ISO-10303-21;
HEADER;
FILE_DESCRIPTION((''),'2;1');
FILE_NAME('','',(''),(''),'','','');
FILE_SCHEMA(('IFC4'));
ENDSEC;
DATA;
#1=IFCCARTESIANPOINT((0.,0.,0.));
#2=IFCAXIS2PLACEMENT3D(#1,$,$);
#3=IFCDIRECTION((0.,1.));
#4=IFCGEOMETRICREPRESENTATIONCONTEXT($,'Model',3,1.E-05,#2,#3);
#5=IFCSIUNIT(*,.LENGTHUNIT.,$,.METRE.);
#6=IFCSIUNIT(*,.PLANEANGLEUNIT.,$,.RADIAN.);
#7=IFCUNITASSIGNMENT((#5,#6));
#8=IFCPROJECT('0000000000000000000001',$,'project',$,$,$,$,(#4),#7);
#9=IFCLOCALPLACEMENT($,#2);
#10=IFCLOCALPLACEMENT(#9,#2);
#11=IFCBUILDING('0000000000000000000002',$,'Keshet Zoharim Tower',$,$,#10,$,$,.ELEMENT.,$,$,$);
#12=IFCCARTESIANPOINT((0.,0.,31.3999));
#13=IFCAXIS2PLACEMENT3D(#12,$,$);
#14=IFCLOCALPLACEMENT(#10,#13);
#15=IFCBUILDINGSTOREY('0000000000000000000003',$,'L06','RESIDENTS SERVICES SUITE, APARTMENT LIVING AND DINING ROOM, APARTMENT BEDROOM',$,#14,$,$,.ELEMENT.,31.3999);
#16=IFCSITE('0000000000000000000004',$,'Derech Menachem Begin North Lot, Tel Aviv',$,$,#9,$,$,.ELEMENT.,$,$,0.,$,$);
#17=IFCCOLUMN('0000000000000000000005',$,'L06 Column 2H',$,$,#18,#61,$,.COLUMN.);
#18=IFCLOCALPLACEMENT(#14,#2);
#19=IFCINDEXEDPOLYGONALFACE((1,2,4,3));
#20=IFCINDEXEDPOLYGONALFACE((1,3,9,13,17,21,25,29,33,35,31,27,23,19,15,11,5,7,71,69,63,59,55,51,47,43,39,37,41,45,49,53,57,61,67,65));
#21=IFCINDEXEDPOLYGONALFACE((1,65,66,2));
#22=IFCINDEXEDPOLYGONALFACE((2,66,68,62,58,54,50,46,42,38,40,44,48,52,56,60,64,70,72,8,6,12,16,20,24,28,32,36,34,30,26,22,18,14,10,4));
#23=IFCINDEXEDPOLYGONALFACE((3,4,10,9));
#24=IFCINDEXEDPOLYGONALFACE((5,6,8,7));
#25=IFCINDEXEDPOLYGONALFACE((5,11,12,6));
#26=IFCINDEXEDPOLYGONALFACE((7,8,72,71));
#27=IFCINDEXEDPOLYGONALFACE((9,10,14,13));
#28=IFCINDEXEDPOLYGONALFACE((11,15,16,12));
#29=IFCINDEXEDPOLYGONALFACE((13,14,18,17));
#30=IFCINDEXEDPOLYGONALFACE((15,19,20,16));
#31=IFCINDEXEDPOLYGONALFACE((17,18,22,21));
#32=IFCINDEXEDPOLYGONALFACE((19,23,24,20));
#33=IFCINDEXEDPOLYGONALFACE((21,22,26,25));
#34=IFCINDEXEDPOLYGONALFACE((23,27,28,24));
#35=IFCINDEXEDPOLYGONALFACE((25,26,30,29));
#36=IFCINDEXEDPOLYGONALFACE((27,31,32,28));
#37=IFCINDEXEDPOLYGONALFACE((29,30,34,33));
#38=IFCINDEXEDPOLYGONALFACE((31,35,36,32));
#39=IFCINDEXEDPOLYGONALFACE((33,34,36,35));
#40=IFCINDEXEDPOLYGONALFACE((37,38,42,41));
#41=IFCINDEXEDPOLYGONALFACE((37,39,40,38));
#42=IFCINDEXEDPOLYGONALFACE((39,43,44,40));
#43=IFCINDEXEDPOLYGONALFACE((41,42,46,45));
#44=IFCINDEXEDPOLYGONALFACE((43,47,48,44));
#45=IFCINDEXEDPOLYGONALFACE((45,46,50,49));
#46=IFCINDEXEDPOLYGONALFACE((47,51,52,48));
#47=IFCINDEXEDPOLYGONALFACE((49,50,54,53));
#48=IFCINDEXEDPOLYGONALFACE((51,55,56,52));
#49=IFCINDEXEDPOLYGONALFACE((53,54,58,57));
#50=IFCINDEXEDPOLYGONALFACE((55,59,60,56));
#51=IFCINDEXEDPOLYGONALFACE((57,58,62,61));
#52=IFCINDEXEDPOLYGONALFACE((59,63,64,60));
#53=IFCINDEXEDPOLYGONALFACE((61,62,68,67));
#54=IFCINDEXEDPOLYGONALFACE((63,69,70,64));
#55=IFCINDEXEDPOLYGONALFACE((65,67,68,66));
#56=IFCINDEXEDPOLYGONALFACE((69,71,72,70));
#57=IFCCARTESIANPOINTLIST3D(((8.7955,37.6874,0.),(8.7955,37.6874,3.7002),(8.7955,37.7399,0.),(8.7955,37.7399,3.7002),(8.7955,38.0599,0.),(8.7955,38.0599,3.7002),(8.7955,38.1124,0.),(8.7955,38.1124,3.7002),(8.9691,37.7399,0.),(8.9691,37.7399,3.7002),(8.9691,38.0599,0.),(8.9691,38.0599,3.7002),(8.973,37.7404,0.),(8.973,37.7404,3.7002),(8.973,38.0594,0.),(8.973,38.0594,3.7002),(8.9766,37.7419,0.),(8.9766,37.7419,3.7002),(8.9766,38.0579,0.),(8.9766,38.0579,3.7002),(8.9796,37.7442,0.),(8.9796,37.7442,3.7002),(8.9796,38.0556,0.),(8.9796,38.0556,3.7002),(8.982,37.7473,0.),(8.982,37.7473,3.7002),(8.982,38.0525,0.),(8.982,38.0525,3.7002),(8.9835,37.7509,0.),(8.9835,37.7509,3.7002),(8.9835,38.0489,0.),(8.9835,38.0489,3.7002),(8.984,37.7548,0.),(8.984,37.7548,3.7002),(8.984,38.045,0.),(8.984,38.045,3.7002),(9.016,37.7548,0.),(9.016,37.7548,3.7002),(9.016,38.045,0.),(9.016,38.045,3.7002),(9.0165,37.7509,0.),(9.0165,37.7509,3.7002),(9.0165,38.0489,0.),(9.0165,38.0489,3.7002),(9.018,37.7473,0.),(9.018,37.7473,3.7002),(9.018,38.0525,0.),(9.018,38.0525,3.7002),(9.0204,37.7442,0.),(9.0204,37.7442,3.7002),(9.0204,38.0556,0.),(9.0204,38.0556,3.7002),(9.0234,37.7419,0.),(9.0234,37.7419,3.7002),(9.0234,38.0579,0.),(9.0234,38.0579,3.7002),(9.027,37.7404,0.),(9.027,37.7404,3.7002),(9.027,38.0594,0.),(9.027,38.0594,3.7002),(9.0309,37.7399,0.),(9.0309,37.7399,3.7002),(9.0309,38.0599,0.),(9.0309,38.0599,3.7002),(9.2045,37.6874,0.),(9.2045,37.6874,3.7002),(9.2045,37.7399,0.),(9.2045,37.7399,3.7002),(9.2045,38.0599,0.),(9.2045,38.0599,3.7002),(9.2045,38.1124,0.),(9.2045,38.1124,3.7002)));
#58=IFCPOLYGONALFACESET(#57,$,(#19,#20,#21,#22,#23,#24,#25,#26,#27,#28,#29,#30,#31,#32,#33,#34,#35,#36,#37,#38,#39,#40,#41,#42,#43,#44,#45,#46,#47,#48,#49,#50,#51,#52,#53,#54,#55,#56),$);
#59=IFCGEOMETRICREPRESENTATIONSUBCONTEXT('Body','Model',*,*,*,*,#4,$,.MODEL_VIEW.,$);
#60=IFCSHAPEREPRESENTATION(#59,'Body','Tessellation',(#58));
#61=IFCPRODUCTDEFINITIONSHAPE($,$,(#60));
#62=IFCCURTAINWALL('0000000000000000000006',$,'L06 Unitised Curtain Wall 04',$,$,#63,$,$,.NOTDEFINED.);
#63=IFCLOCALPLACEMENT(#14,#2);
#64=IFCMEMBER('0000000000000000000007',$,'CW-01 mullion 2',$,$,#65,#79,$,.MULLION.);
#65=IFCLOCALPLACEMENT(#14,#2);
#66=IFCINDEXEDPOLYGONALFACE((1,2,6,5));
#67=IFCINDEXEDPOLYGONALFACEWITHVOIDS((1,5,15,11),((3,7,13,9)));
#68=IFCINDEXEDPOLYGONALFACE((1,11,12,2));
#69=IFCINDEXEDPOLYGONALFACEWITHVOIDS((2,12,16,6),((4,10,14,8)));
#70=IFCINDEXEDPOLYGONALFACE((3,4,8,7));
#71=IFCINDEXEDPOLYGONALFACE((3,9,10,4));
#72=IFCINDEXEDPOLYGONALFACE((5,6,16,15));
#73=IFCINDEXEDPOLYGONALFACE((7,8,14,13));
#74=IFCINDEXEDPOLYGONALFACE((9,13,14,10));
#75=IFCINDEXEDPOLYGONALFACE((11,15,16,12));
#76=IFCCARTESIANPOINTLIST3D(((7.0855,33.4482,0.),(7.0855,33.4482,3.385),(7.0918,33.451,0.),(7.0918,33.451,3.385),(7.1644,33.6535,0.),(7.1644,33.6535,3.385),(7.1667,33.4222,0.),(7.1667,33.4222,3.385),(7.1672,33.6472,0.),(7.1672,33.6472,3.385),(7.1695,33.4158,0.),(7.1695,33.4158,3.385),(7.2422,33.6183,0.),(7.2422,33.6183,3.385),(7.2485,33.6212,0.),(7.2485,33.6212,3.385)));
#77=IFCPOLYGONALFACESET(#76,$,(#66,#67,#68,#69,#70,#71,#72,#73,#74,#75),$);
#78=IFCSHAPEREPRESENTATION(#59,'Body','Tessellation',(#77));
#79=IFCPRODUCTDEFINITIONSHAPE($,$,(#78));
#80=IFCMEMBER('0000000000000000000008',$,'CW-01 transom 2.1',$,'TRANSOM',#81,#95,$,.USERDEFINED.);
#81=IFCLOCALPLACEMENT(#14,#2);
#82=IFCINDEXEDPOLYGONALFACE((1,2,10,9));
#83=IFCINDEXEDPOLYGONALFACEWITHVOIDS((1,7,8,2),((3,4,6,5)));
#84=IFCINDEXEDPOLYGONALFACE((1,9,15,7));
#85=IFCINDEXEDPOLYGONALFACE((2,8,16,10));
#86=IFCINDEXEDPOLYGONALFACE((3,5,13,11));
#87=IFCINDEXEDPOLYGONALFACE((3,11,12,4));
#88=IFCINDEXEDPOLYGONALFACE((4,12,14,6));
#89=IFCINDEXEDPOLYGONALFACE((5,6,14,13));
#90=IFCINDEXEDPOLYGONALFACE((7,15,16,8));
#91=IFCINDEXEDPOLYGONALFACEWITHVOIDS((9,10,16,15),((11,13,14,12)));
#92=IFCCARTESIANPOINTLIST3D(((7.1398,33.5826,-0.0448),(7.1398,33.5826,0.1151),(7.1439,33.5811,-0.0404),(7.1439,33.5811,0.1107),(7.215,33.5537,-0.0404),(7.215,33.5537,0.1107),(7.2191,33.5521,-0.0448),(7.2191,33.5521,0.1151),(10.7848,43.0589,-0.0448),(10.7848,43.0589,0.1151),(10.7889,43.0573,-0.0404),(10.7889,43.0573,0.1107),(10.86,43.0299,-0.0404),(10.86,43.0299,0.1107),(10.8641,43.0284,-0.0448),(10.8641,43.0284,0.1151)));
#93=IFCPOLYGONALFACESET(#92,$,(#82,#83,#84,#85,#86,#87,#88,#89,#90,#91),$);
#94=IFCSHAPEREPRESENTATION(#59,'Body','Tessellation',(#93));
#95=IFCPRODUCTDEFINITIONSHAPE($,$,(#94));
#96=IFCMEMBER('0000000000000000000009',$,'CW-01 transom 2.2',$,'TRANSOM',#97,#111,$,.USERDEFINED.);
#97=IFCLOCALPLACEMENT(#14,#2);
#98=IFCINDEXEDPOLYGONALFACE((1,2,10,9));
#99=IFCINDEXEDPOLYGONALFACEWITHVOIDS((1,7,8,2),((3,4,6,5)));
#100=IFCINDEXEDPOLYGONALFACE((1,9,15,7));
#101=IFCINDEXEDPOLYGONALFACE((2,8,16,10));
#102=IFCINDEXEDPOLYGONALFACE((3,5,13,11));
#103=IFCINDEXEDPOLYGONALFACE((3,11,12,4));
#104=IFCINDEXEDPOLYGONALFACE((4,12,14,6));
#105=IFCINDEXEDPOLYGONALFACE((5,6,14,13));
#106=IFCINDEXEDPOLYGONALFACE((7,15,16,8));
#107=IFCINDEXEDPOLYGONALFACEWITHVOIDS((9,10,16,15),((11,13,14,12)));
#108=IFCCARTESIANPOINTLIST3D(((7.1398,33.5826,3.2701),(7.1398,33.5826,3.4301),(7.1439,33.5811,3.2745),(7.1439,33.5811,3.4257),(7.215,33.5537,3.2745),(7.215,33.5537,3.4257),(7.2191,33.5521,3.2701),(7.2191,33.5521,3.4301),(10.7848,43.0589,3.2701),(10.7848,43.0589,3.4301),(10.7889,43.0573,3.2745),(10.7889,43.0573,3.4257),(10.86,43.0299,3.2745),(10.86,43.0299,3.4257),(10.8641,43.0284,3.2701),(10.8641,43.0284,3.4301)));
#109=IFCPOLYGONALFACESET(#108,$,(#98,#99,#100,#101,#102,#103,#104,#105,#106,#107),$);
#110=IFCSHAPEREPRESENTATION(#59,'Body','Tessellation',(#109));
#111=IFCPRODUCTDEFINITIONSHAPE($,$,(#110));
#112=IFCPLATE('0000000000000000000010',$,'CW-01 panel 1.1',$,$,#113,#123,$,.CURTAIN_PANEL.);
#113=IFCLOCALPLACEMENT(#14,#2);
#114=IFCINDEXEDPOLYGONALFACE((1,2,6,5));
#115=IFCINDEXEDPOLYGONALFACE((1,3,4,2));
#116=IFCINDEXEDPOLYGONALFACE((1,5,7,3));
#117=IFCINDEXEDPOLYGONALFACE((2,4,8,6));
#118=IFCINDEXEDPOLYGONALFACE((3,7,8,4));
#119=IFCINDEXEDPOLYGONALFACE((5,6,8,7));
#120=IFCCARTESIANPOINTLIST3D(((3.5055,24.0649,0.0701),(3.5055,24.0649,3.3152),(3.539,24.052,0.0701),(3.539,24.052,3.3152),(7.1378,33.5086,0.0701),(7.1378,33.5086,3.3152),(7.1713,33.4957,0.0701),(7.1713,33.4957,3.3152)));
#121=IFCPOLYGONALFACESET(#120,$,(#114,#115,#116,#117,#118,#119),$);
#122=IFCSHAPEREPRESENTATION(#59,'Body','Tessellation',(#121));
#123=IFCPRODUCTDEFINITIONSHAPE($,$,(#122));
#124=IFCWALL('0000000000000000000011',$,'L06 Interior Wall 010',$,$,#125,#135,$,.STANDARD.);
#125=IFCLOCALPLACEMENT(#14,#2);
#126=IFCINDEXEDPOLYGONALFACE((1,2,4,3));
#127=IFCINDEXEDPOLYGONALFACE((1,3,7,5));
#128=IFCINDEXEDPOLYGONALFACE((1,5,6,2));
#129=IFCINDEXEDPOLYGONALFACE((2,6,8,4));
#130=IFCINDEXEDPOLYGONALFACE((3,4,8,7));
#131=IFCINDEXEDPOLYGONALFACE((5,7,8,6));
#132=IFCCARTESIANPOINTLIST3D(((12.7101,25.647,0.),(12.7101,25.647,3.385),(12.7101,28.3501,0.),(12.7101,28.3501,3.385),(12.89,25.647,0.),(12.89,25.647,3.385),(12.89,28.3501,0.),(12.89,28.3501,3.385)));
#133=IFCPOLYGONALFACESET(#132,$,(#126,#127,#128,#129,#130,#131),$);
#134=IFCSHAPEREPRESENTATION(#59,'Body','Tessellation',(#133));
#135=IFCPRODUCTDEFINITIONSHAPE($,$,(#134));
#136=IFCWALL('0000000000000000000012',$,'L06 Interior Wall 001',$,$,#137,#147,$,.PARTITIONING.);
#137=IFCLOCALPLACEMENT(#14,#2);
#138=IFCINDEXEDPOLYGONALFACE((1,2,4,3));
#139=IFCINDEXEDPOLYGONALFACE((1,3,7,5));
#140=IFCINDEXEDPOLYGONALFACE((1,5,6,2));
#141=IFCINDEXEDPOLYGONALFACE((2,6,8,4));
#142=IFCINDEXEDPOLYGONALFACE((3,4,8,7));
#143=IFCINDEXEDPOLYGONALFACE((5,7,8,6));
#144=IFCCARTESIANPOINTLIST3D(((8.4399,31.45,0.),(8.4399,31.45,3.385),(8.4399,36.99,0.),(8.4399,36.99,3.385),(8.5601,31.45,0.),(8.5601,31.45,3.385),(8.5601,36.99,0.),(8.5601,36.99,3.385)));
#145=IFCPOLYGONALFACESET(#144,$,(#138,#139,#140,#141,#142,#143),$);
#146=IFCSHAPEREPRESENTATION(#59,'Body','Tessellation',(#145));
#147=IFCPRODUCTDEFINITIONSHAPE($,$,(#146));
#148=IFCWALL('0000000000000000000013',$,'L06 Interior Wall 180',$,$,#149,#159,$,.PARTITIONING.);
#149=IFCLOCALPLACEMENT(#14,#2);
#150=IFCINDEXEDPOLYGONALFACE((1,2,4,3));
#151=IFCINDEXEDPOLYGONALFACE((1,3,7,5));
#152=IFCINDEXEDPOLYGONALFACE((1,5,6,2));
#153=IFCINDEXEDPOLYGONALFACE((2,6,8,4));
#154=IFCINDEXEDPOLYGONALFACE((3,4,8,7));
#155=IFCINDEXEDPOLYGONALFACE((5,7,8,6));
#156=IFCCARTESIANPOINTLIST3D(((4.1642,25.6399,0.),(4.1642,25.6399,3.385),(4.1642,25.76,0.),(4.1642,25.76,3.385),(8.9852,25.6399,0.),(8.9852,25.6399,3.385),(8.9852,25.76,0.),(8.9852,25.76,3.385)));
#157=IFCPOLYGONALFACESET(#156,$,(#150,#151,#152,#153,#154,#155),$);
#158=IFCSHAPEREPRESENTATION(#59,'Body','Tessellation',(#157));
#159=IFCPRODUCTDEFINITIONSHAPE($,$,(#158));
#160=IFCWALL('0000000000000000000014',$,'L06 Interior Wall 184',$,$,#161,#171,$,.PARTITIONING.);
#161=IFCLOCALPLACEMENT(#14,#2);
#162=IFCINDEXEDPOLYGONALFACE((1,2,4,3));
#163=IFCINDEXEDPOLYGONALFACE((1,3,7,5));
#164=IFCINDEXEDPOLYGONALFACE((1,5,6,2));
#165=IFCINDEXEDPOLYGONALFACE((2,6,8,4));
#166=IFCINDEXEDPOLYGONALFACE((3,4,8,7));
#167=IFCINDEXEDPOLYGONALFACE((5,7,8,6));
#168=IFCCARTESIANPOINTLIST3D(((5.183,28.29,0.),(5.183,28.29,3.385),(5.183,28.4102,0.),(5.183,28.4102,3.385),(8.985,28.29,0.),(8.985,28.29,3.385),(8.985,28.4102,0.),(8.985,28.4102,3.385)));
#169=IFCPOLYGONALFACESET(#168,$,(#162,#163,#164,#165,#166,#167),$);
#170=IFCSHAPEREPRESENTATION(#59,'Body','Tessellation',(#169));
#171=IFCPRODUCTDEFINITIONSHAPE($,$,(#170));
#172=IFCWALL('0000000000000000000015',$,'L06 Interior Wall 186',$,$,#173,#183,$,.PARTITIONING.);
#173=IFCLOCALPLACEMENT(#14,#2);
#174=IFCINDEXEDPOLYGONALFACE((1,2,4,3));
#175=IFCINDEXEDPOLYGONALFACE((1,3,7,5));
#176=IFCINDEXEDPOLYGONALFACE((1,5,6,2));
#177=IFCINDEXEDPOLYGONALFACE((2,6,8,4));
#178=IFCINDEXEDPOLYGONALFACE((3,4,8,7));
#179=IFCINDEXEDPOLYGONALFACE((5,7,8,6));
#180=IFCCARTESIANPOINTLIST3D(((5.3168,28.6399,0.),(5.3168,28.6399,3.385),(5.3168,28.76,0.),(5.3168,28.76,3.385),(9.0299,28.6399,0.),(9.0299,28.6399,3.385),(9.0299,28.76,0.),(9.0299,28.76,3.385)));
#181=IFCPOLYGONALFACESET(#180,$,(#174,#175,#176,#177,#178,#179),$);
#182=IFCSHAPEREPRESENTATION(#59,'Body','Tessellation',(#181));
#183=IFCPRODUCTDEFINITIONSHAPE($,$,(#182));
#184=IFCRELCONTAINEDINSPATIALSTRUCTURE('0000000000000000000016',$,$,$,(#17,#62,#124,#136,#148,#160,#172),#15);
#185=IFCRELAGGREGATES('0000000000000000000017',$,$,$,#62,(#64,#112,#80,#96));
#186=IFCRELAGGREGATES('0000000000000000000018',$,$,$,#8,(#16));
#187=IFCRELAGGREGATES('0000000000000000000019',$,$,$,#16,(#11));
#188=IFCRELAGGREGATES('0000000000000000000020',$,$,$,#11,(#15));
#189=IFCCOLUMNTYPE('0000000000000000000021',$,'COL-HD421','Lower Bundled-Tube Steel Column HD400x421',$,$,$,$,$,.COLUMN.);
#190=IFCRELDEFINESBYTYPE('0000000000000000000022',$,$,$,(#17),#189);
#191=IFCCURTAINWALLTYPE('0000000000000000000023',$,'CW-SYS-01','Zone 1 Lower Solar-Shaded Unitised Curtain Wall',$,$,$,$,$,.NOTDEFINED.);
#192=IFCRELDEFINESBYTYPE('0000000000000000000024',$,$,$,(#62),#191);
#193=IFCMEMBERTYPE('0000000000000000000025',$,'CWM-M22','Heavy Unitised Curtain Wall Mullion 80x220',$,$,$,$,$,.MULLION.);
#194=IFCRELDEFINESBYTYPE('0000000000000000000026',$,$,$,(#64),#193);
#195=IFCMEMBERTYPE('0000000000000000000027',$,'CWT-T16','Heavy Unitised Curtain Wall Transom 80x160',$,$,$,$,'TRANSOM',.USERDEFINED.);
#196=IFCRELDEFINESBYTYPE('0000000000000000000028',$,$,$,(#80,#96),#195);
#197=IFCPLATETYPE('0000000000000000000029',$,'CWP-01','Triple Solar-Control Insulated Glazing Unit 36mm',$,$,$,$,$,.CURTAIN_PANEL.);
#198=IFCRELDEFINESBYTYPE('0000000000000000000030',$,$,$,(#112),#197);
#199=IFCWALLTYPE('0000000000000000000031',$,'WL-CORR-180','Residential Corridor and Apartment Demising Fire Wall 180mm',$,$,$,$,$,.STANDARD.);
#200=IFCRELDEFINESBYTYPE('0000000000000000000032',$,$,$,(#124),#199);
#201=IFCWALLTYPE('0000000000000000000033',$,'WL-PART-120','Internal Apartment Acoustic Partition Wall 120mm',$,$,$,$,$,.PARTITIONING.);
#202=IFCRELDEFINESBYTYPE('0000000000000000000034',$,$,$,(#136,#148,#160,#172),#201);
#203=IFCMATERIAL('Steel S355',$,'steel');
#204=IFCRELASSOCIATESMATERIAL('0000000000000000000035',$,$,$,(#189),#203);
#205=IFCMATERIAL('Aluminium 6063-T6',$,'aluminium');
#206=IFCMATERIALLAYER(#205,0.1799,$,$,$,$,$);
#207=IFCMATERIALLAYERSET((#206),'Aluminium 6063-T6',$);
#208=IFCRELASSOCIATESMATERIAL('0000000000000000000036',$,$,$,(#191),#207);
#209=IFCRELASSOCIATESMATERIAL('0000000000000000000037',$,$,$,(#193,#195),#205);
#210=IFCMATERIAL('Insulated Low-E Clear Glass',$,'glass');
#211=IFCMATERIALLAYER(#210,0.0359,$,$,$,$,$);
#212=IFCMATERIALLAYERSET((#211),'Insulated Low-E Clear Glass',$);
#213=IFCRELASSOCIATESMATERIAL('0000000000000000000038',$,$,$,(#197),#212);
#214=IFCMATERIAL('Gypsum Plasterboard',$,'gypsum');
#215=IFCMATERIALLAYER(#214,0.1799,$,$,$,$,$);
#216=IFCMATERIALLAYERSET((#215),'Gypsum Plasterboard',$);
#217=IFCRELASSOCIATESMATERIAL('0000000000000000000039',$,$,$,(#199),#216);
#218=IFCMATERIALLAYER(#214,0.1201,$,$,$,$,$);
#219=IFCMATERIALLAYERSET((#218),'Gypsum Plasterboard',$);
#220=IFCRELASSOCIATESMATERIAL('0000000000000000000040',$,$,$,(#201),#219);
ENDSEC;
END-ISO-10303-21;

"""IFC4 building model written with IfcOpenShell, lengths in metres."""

from ifc_helpers import new_model, si_unit, direction, frame, frame_2d, origin, origin_2d, place, context, subcontext, project, spatial, rectangle, hollow_rectangle, i_section, extrude, material, layer, layer_set, material_profile, profile_set, type_object, element, aggregate, save


model = new_model("IFC4")

# Units and contexts
model_context = context("Model", 3, precision=1e-05, world=origin(), true_north=direction((0.0, 1.0)))
body_context = subcontext(model_context, "Body", "Model", "MODEL_VIEW")
ifc_project = project(units=[si_unit("LENGTHUNIT", "METRE"), si_unit("PLANEANGLEUNIT", "RADIAN")], contexts=[model_context])

# Site, building, storey
site_placement = place(None, origin())
site = spatial("IfcSite", under=ifc_project, at=site_placement, Name="Derech Menachem Begin North Lot, Tel Aviv", CompositionType="ELEMENT", RefElevation=0.0)
building_placement = place(site_placement, origin())
building = spatial("IfcBuilding", under=site, at=building_placement, Name="Keshet Zoharim Tower", CompositionType="ELEMENT")
storey_placement = place(building_placement, frame((0.0, 0.0, 31.3999)))
storey = spatial("IfcBuildingStorey", under=building, at=storey_placement, Name="L06", Description="RESIDENTS SERVICES SUITE, APARTMENT LIVING AND DINING ROOM, APARTMENT BEDROOM", CompositionType="ELEMENT", Elevation=31.3999)

# Column
ifc_material_1 = material(Name="Steel S355", Category="steel")
ifc_material_profile_1 = material_profile(ifc_material_1, i_section(OverallWidth=0.4089, OverallDepth=0.425, WebThickness=0.032, FlangeThickness=0.0525, FilletRadius=0.0149, at=origin_2d()), Name="HD400x421")
ifc_profile_set_1 = profile_set([ifc_material_profile_1], Name="Steel S355")
column_type = type_object("IfcColumnType", Name="COL-HD421", Description="Lower Bundled-Tube Steel Column HD400x421", PredefinedType="COLUMN", material=ifc_profile_set_1)
column_placement = place(storey_placement, frame((9.0, 37.8999, 0.0), z_axis=(0.0, 0.0, 1.0), x_axis=(1.0, 0.0, 0.0)))
element("IfcColumn", 1, at=column_placement, inside=storey, type_object=column_type, Name="L06 Column 2H", PredefinedType="COLUMN", context=body_context, shape_type="SweptSolid", body=[
    extrude(i_section(OverallWidth=0.4089, OverallDepth=0.425, WebThickness=0.032, FlangeThickness=0.0525, FilletRadius=0.0149, at=origin_2d()), origin(), (0.0, 0.0, 1.0), 3.7002),
])

# Curtain wall, members, plate
ifc_material_2 = material(Name="Aluminium 6063-T6", Category="aluminium")
ifc_layer_1 = layer(ifc_material_2, 0.1799)
ifc_layer_set_1 = layer_set([ifc_layer_1], Name="Aluminium 6063-T6")
curtain_wall_type = type_object("IfcCurtainWallType", Name="CW-SYS-01", Description="Zone 1 Lower Solar-Shaded Unitised Curtain Wall", PredefinedType="NOTDEFINED", material=ifc_layer_set_1)
curtain_wall_placement = place(storey_placement, origin())
curtain_wall = element("IfcCurtainWall", 2, at=curtain_wall_placement, inside=storey, type_object=curtain_wall_type, Name="L06 Unitised Curtain Wall 04", PredefinedType="NOTDEFINED")
ifc_material_profile_2 = material_profile(ifc_material_2, hollow_rectangle(XDim=0.0901, YDim=0.22, WallThickness=0.0049, at=origin_2d()), Name="MUL-90x220")
ifc_profile_set_2 = profile_set([ifc_material_profile_2], Name="Aluminium 6063-T6")
member_type_1 = type_object("IfcMemberType", Name="CWM-M22", Description="Heavy Unitised Curtain Wall Mullion 80x220", PredefinedType="MULLION", material=ifc_profile_set_2)
member_1_placement = place(storey_placement, frame((7.167, 33.5347, 0.0), z_axis=(0.0, 0.0, 1.0), x_axis=(-0.933341, 0.35899, 0.0)))
member_1 = element("IfcMember", 3, at=member_1_placement, type_object=member_type_1, Name="CW-01 mullion 2", PredefinedType="MULLION", context=body_context, shape_type="SweptSolid", body=[
    extrude(hollow_rectangle(XDim=0.0901, YDim=0.22, WallThickness=0.0049, at=origin_2d()), origin(), (0.0, 0.0, 1.0), 3.385),
])
ifc_material_profile_3 = material_profile(ifc_material_2, hollow_rectangle(XDim=0.085, YDim=0.1599, WallThickness=0.0044, at=origin_2d()), Name="TRN-85x160")
ifc_profile_set_3 = profile_set([ifc_material_profile_3], Name="Aluminium 6063-T6")
member_type_2 = type_object("IfcMemberType", Name="CWT-T16", Description="Heavy Unitised Curtain Wall Transom 80x160", ElementType="TRANSOM", PredefinedType="USERDEFINED", material=ifc_profile_set_3)
member_2_placement = place(storey_placement, frame((7.1794, 33.5674, 0.0352), z_axis=(0.359003, 0.933336, 0.0), x_axis=(-0.933336, 0.359003, 0.0)))
member_2 = element("IfcMember", 4, at=member_2_placement, type_object=member_type_2, Name="CW-01 transom 2.1", ObjectType="TRANSOM", PredefinedType="USERDEFINED", context=body_context, shape_type="SweptSolid", body=[
    extrude(hollow_rectangle(XDim=0.085, YDim=0.1599, WallThickness=0.0044, at=origin_2d()), origin(), (0.0, 0.0, 1.0), 10.1531),
])
member_3_placement = place(storey_placement, frame((7.1794, 33.5674, 3.3501), z_axis=(0.359003, 0.933336, 0.0), x_axis=(-0.933336, 0.359003, 0.0)))
member_3 = element("IfcMember", 5, at=member_3_placement, type_object=member_type_2, Name="CW-01 transom 2.2", ObjectType="TRANSOM", PredefinedType="USERDEFINED", context=body_context, shape_type="SweptSolid", body=[
    extrude(hollow_rectangle(XDim=0.085, YDim=0.1599, WallThickness=0.0044, at=origin_2d()), origin(), (0.0, 0.0, 1.0), 10.1531),
])
ifc_material_3 = material(Name="Insulated Low-E Clear Glass", Category="glass")
ifc_layer_2 = layer(ifc_material_3, 0.0359)
ifc_layer_set_2 = layer_set([ifc_layer_2], Name="Insulated Low-E Clear Glass")
plate_type = type_object("IfcPlateType", Name="CWP-01", Description="Triple Solar-Control Insulated Glazing Unit 36mm", PredefinedType="CURTAIN_PANEL", material=ifc_layer_set_2)
plate_placement = place(storey_placement, frame((5.3384, 28.7803, 0.0701), z_axis=(0.0, 0.0, 1.0), x_axis=(0.35899, 0.933341, 0.0)))
plate = element("IfcPlate", 6, at=plate_placement, type_object=plate_type, Name="CW-01 panel 1.1", PredefinedType="CURTAIN_PANEL", context=body_context, shape_type="SweptSolid", body=[
    extrude(rectangle(XDim=10.1182, YDim=0.0359, at=origin_2d()), origin(), (0.0, 0.0, 1.0), 3.2451),
])
aggregate(curtain_wall, [member_1, plate, member_2, member_3])

# Walls
ifc_material_4 = material(Name="Gypsum Plasterboard", Category="gypsum")
ifc_layer_3 = layer(ifc_material_4, 0.1799)
ifc_layer_set_3 = layer_set([ifc_layer_3], Name="Gypsum Plasterboard")
wall_type_1 = type_object("IfcWallType", Name="WL-CORR-180", Description="Residential Corridor and Apartment Demising Fire Wall 180mm", PredefinedType="STANDARD", material=ifc_layer_set_3)
wall_1_placement = place(storey_placement, frame((12.8, 25.647, 0.0), z_axis=(0.0, 0.0, 1.0), x_axis=(0.0, 1.0, 0.0)))
element("IfcWall", 7, at=wall_1_placement, inside=storey, type_object=wall_type_1, Name="L06 Interior Wall 010", PredefinedType="STANDARD", context=body_context, shape_type="SweptSolid", body=[
    extrude(rectangle(XDim=2.7031, YDim=0.1799, at=frame_2d((1.3516, 0.0))), origin(), (0.0, 0.0, 1.0), 3.385),
])
ifc_layer_4 = layer(ifc_material_4, 0.1201)
ifc_layer_set_4 = layer_set([ifc_layer_4], Name="Gypsum Plasterboard")
wall_type_2 = type_object("IfcWallType", Name="WL-PART-120", Description="Internal Apartment Acoustic Partition Wall 120mm", PredefinedType="PARTITIONING", material=ifc_layer_set_4)
wall_2_placement = place(storey_placement, frame((8.5, 31.45, 0.0), z_axis=(0.0, 0.0, 1.0), x_axis=(0.0, 1.0, 0.0)))
element("IfcWall", 8, at=wall_2_placement, inside=storey, type_object=wall_type_2, Name="L06 Interior Wall 001", PredefinedType="PARTITIONING", context=body_context, shape_type="SweptSolid", body=[
    extrude(rectangle(XDim=5.54, YDim=0.1201, at=frame_2d((2.77, 0.0))), origin(), (0.0, 0.0, 1.0), 3.385),
])

# Walls
wall_3_placement = place(storey_placement, frame((4.1641, 25.7, 0.0), z_axis=(0.0, 0.0, 1.0), x_axis=(1.0, 0.0, 0.0)))
element("IfcWall", 9, at=wall_3_placement, inside=storey, type_object=wall_type_2, Name="L06 Interior Wall 180", PredefinedType="PARTITIONING", context=body_context, shape_type="SweptSolid", body=[
    extrude(rectangle(XDim=4.821, YDim=0.1201, at=frame_2d((2.4106, 0.0))), origin(), (0.0, 0.0, 1.0), 3.385),
])
wall_4_placement = place(storey_placement, frame((5.1831, 28.3501, 0.0), z_axis=(0.0, 0.0, 1.0), x_axis=(1.0, 0.0, 0.0)))
element("IfcWall", 10, at=wall_4_placement, inside=storey, type_object=wall_type_2, Name="L06 Interior Wall 184", PredefinedType="PARTITIONING", context=body_context, shape_type="SweptSolid", body=[
    extrude(rectangle(XDim=3.802, YDim=0.1201, at=frame_2d((1.9009, 0.0))), origin(), (0.0, 0.0, 1.0), 3.385),
])
wall_5_placement = place(storey_placement, frame((5.3169, 28.7, 0.0), z_axis=(0.0, 0.0, 1.0), x_axis=(1.0, 0.0, 0.0)))
element("IfcWall", 11, at=wall_5_placement, inside=storey, type_object=wall_type_2, Name="L06 Interior Wall 186", PredefinedType="PARTITIONING", context=body_context, shape_type="SweptSolid", body=[
    extrude(rectangle(XDim=3.7131, YDim=0.1201, at=frame_2d((1.8564, 0.0))), origin(), (0.0, 0.0, 1.0), 3.385),
])

save(model, "model.ifc")
